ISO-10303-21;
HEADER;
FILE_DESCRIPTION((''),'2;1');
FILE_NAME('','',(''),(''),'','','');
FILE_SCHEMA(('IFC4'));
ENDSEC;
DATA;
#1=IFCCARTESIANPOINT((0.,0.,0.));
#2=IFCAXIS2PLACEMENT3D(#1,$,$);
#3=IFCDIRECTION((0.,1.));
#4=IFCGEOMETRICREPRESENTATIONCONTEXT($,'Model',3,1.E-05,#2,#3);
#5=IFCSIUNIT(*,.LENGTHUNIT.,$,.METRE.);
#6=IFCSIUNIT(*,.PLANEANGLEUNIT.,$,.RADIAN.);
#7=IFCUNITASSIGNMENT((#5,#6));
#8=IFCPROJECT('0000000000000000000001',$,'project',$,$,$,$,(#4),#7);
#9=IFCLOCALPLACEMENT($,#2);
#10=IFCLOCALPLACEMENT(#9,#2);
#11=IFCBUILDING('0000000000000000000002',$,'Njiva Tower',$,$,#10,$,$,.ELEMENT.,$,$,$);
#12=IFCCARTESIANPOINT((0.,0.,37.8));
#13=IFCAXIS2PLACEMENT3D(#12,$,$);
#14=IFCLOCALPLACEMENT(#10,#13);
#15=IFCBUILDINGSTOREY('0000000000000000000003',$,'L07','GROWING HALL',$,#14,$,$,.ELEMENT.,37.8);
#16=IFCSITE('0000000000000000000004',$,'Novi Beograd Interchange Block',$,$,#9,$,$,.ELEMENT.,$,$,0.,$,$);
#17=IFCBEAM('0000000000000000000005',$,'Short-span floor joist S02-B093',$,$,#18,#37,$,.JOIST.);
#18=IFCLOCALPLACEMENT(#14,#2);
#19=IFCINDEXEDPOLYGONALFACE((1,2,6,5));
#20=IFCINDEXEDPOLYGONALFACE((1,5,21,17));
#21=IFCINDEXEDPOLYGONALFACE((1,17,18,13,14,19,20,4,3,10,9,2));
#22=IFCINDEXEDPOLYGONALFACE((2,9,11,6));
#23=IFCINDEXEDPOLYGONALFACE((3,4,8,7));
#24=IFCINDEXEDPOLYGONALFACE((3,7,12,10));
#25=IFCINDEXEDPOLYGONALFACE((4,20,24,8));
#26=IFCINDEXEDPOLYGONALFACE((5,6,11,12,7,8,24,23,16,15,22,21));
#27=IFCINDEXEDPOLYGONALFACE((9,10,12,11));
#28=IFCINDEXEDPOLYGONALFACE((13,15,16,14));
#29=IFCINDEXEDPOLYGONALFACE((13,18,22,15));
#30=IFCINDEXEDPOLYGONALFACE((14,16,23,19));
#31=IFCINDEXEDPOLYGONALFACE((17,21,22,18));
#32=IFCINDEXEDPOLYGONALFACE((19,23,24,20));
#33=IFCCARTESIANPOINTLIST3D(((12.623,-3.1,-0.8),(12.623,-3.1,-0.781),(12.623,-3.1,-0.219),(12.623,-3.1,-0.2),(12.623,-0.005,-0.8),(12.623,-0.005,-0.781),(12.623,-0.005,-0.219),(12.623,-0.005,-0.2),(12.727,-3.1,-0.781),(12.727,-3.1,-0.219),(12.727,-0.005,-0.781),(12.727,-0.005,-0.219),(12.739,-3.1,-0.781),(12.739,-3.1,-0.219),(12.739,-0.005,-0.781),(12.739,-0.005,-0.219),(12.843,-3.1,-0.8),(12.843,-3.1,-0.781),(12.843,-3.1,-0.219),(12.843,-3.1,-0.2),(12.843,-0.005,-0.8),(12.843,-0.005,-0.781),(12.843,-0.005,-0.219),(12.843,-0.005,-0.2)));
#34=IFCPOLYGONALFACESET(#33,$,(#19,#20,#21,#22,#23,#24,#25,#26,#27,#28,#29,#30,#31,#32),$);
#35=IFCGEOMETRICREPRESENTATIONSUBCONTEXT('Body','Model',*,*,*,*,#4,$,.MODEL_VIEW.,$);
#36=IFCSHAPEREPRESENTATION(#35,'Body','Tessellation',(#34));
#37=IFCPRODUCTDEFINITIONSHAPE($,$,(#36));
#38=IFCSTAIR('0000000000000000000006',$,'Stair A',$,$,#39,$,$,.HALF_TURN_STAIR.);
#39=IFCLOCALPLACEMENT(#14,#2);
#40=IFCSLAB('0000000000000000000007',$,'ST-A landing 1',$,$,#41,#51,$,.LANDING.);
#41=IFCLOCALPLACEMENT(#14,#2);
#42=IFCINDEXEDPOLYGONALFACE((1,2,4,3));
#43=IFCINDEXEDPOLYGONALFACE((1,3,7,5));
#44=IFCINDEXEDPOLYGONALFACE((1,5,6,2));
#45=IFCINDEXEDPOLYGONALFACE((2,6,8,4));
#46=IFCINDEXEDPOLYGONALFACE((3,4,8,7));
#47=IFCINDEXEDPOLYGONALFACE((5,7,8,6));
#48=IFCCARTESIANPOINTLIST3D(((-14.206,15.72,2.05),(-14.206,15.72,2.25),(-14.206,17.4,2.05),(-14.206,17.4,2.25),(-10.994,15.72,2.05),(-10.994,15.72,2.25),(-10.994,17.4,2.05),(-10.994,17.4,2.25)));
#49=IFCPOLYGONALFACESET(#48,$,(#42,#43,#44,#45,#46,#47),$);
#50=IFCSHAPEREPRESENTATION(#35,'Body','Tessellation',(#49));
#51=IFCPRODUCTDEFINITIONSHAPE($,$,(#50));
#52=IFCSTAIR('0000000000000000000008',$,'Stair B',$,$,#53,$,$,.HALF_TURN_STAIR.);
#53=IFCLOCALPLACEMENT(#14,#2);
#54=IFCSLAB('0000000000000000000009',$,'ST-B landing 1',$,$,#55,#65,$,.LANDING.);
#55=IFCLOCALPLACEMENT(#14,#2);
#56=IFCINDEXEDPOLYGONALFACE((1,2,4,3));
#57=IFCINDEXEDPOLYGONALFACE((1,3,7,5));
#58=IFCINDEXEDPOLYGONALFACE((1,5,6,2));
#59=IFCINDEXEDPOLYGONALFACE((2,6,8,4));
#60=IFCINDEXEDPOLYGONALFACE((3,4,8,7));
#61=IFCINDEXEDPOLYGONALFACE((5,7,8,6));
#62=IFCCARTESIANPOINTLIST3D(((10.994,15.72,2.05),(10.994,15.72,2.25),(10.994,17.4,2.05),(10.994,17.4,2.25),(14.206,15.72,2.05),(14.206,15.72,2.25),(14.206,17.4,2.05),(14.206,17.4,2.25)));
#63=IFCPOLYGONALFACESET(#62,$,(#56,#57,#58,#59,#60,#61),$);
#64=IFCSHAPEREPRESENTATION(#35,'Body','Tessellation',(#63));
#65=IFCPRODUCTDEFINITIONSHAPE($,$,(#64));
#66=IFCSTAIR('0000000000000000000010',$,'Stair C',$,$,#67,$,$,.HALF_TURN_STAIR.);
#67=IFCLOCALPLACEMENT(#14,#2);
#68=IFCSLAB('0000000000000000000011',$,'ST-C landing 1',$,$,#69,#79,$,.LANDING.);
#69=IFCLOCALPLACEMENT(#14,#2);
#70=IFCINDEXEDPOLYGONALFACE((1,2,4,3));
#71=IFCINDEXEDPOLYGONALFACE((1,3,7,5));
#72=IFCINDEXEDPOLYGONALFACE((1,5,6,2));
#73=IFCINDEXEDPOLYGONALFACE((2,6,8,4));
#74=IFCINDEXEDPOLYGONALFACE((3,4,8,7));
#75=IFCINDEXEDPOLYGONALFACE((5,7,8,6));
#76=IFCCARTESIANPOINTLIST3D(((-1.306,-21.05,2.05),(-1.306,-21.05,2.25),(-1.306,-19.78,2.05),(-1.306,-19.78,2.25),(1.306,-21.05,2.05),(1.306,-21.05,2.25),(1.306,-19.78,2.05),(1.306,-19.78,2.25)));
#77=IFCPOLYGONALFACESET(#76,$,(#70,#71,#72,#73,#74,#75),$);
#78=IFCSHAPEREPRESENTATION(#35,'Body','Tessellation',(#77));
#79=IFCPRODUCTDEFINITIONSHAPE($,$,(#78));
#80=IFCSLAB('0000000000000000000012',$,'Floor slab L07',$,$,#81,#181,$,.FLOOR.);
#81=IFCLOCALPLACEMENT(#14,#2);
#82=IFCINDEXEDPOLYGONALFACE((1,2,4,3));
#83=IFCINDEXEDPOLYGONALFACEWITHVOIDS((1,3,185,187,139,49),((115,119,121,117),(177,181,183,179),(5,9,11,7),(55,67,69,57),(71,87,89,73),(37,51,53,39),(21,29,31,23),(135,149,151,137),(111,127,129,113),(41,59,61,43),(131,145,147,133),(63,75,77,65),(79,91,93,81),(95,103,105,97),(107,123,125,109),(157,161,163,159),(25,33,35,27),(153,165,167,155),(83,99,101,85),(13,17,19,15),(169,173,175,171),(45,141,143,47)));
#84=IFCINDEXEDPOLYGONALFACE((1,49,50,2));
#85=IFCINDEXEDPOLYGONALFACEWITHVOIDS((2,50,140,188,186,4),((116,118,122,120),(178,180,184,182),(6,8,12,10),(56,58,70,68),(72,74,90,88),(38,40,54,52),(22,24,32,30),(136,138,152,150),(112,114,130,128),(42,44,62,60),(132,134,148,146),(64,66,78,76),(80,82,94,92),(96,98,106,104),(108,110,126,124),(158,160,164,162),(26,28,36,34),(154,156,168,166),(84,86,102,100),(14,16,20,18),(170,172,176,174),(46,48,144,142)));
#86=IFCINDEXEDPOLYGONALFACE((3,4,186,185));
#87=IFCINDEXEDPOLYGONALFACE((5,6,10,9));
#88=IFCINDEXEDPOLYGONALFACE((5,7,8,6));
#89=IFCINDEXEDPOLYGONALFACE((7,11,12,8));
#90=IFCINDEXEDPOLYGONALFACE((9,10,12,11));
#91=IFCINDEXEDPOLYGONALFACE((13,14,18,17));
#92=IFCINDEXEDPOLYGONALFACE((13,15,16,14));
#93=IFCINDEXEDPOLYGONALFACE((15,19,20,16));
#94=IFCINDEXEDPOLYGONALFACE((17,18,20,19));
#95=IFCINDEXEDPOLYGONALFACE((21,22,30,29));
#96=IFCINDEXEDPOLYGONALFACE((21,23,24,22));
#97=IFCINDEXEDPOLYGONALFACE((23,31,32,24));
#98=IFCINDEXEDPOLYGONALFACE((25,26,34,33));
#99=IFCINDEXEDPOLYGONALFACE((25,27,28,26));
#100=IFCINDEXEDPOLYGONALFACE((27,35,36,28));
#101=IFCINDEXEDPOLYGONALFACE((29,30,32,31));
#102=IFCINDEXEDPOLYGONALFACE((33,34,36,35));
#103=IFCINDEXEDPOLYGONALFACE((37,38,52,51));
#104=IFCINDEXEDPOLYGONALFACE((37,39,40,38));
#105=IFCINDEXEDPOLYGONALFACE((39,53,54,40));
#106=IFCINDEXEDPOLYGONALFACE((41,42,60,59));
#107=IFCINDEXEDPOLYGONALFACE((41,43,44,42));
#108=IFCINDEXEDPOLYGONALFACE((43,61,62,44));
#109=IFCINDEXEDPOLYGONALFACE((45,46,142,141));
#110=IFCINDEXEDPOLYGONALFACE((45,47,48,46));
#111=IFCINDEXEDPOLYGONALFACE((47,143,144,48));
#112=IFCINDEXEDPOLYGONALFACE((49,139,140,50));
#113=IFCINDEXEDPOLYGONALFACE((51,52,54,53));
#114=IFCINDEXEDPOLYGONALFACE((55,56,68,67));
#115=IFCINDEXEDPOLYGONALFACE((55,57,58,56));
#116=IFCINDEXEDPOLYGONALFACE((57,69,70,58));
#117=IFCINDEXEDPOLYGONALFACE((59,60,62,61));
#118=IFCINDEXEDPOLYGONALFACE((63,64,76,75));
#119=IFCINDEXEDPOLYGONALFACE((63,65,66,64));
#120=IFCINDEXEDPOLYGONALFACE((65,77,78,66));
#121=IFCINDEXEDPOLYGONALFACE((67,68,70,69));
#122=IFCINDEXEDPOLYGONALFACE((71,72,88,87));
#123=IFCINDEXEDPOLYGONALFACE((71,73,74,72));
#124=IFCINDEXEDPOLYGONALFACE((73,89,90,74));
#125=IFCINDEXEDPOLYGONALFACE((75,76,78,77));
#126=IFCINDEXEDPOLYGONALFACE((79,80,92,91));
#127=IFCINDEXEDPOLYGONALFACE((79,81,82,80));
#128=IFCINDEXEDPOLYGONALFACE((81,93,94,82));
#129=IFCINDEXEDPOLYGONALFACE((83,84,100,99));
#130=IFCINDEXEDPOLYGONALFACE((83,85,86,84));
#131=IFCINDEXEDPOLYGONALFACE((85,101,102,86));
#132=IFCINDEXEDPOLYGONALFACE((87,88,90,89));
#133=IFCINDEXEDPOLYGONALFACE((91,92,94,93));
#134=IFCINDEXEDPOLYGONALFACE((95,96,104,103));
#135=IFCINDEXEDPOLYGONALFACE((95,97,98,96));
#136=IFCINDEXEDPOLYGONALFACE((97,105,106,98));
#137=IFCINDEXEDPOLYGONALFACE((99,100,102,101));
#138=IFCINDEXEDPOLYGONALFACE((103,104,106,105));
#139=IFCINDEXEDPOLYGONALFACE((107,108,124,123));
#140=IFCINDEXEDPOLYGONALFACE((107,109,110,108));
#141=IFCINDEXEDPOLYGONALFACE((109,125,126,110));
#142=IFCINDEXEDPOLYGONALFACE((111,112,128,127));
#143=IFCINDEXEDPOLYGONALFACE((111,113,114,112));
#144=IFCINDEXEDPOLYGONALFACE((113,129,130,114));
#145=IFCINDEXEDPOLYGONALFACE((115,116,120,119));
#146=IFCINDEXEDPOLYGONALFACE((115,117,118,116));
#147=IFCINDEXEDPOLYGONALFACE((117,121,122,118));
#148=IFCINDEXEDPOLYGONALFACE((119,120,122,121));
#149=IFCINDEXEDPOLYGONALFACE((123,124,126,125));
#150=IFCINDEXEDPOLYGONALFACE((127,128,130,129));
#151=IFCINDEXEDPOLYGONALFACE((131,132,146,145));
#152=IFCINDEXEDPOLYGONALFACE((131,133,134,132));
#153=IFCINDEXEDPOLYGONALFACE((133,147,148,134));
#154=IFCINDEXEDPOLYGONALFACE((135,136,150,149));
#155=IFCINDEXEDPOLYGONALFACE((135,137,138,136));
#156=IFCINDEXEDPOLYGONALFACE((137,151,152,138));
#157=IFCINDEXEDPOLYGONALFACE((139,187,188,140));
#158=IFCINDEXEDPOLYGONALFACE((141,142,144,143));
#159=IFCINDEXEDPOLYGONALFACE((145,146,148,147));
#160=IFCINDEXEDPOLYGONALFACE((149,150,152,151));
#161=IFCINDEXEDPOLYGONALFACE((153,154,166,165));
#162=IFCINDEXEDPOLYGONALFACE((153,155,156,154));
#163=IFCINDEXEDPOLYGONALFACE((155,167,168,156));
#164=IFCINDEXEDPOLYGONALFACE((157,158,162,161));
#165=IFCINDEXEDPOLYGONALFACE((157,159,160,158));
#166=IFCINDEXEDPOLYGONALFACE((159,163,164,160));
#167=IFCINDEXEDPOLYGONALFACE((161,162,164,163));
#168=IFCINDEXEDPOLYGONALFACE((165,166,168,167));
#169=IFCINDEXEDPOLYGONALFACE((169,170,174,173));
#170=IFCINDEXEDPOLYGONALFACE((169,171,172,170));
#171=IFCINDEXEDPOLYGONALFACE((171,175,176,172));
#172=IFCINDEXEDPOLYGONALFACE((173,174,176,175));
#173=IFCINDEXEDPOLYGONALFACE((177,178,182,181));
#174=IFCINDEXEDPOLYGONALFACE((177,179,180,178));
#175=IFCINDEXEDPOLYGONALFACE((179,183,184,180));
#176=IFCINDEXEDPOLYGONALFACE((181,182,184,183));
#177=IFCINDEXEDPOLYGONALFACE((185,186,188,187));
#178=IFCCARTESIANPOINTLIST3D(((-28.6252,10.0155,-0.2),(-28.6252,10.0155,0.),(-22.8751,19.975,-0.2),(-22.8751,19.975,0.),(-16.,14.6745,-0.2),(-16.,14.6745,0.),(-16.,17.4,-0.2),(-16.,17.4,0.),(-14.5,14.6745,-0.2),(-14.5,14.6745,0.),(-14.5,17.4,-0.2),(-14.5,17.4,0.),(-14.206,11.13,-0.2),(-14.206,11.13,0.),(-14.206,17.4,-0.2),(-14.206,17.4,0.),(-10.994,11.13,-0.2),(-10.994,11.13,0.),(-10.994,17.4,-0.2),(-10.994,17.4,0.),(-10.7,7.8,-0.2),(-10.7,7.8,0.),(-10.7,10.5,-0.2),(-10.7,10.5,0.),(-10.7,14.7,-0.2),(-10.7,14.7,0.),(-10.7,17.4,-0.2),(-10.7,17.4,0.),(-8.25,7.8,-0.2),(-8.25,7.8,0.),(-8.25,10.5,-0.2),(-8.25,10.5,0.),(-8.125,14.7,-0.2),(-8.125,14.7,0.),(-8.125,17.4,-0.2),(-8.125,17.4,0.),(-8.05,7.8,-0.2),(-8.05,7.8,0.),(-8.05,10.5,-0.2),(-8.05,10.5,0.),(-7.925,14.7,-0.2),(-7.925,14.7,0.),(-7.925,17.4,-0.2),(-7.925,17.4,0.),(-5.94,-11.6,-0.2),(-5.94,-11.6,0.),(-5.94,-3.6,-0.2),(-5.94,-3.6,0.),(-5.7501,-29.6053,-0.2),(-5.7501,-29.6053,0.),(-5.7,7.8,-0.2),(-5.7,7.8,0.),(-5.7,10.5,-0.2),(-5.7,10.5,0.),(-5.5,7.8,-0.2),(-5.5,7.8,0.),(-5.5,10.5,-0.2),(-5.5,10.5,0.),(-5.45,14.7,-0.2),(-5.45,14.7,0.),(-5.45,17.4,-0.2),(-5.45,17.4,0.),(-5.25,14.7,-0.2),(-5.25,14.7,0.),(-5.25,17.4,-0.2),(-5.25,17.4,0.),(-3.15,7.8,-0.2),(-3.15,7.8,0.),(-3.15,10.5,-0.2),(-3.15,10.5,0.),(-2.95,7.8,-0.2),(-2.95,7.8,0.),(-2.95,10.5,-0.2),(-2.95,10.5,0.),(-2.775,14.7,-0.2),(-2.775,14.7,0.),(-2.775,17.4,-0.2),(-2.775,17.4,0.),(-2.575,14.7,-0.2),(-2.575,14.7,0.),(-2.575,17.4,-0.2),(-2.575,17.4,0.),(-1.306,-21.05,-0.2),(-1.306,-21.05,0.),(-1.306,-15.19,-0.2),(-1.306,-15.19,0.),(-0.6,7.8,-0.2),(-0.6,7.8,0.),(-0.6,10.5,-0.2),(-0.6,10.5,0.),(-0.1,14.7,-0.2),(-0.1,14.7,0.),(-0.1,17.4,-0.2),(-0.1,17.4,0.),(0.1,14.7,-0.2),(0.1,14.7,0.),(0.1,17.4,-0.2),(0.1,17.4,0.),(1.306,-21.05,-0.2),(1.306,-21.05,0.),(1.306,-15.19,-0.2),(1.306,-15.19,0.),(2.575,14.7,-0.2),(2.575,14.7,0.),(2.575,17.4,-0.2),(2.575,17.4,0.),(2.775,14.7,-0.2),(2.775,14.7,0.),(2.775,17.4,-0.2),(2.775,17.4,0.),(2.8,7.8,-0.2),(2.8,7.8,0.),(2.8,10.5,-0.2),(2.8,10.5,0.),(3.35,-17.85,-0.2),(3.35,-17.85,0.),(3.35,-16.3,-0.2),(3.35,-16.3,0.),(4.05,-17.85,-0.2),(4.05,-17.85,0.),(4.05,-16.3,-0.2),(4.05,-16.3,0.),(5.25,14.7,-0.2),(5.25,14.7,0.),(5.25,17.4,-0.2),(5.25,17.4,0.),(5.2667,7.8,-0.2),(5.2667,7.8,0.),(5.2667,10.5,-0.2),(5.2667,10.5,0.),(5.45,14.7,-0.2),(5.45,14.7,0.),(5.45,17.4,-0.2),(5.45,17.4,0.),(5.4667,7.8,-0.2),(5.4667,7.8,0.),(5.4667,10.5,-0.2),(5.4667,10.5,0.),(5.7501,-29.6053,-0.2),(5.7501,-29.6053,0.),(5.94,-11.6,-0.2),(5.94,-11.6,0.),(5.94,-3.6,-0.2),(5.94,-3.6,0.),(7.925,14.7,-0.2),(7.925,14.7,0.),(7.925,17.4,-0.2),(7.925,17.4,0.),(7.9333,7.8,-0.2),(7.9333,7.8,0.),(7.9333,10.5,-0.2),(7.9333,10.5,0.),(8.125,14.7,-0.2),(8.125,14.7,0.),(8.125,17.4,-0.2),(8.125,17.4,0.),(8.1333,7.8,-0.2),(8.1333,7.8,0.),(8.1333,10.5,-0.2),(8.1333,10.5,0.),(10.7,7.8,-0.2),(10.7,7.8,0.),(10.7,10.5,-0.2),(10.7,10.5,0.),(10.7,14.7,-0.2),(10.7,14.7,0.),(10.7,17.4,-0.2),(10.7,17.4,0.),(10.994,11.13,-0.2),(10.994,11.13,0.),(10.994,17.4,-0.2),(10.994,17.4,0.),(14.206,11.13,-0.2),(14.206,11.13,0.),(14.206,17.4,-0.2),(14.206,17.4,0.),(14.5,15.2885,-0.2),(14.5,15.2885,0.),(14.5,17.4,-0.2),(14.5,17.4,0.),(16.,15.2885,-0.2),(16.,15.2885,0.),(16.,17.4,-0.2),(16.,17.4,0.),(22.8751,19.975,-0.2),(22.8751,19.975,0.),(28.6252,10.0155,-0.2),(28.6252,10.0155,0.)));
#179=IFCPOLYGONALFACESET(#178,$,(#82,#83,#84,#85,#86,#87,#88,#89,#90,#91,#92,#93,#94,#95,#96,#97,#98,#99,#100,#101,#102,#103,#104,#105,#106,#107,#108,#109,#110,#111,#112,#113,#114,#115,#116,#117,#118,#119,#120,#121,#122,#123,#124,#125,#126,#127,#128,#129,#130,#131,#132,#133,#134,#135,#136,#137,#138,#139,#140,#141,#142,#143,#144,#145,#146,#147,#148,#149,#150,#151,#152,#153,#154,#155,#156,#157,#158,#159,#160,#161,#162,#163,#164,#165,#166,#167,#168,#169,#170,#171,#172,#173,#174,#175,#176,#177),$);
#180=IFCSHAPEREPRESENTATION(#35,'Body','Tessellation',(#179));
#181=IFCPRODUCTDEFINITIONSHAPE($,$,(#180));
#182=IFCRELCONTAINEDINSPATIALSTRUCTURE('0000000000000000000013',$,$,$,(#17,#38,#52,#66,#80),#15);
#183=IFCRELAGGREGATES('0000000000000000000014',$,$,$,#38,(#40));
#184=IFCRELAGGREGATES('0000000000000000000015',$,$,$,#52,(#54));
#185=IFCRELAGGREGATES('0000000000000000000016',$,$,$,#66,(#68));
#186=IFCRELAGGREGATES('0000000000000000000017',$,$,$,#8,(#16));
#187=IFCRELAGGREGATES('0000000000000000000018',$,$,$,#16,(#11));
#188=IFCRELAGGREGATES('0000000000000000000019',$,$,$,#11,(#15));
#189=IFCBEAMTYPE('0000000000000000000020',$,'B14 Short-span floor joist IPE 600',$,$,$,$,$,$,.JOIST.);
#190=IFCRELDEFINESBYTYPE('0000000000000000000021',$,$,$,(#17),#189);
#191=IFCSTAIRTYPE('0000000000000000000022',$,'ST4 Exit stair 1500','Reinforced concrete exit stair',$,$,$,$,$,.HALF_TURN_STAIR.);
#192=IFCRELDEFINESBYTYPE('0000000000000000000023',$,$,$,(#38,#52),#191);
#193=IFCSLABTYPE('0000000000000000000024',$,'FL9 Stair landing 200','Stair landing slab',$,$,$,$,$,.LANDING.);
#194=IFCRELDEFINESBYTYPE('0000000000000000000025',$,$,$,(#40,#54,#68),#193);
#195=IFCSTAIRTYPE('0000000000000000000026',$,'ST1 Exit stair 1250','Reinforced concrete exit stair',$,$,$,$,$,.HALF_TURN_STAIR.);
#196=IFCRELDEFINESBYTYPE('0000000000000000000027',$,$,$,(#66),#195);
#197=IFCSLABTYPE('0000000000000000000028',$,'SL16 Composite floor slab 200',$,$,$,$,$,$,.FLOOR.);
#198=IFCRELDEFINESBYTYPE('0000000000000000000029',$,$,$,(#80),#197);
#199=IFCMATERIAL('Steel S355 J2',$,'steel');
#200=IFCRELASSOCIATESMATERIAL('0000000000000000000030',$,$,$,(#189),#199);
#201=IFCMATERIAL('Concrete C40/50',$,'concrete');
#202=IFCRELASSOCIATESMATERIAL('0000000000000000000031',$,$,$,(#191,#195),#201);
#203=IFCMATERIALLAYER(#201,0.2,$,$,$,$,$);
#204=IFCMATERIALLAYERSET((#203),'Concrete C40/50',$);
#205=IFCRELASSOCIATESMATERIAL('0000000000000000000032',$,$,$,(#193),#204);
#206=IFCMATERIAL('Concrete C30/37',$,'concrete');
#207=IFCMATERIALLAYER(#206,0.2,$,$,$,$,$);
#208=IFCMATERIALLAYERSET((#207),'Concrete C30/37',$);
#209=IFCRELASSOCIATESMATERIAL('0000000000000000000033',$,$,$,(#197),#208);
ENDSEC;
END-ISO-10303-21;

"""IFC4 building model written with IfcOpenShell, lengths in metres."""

from ifc_helpers import new_model, si_unit, direction, frame, origin, origin_2d, place, context, subcontext, project, spatial, polyline, i_section, outline, extrude, material, layer, layer_set, material_profile, profile_set, type_object, element, aggregate, save


model = new_model("IFC4")

# Units and contexts
model_context = context("Model", 3, precision=1e-05, world=origin(), true_north=direction((0.0, 1.0)))
body_context = subcontext(model_context, "Body", "Model", "MODEL_VIEW")
ifc_project = project(units=[si_unit("LENGTHUNIT", "METRE"), si_unit("PLANEANGLEUNIT", "RADIAN")], contexts=[model_context])

# Site, building, storey
site_placement = place(None, origin())
site = spatial("IfcSite", under=ifc_project, at=site_placement, Name="Novi Beograd Interchange Block", CompositionType="ELEMENT", RefElevation=0.0)
building_placement = place(site_placement, origin())
building = spatial("IfcBuilding", under=site, at=building_placement, Name="Njiva Tower", CompositionType="ELEMENT")
storey_placement = place(building_placement, frame((0.0, 0.0, 37.8)))
storey = spatial("IfcBuildingStorey", under=building, at=storey_placement, Name="L07", Description="GROWING HALL", CompositionType="ELEMENT", Elevation=37.8)

# Beam
ifc_material_1 = material(Name="Steel S355 J2", Category="steel")
ifc_material_profile = material_profile(ifc_material_1, i_section(OverallWidth=0.22, OverallDepth=0.6, WebThickness=0.012, FlangeThickness=0.019, at=origin_2d()), Name="IPE 600")
ifc_profile_set = profile_set([ifc_material_profile], Name="Steel S355 J2")
beam_type = type_object("IfcBeamType", Name="B14 Short-span floor joist IPE 600", PredefinedType="JOIST", material=ifc_profile_set)
beam_placement = place(storey_placement, frame((12.733, -0.005, -0.5), z_axis=(0.0, -1.0, 0.0), x_axis=(1.0, 0.0, 0.0)))
element("IfcBeam", 1, at=beam_placement, inside=storey, type_object=beam_type, Name="Short-span floor joist S02-B093", PredefinedType="JOIST", context=body_context, shape_type="SweptSolid", body=[
    extrude(i_section(OverallWidth=0.22, OverallDepth=0.6, WebThickness=0.012, FlangeThickness=0.019, at=origin_2d()), origin(), (0.0, 0.0, 1.0), 3.095),
])

# Stairs, slabs
ifc_material_2 = material(Name="Concrete C40/50", Category="concrete")
stair_type_1 = type_object("IfcStairType", Name="ST4 Exit stair 1500", Description="Reinforced concrete exit stair", PredefinedType="HALF_TURN_STAIR", material=ifc_material_2)
stair_1_placement = place(storey_placement, origin())
stair_1 = element("IfcStair", 2, at=stair_1_placement, inside=storey, type_object=stair_type_1, Name="Stair A", PredefinedType="HALF_TURN_STAIR")
ifc_layer_1 = layer(ifc_material_2, 0.2)
ifc_layer_set_1 = layer_set([ifc_layer_1], Name="Concrete C40/50")
slab_type_1 = type_object("IfcSlabType", Name="FL9 Stair landing 200", Description="Stair landing slab", PredefinedType="LANDING", material=ifc_layer_set_1)
slab_1_placement = place(storey_placement, frame((0.0, 0.0, 2.05)))
slab_1 = element("IfcSlab", 3, at=slab_1_placement, type_object=slab_type_1, Name="ST-A landing 1", PredefinedType="LANDING", context=body_context, shape_type="SweptSolid", body=[
    extrude(outline(polyline([(-14.206, 15.72), (-10.994, 15.72), (-10.994, 17.4), (-14.206, 17.4), (-14.206, 15.72)])), origin(), (0.0, 0.0, 1.0), 0.2),
])
aggregate(stair_1, [slab_1])
stair_2_placement = place(storey_placement, origin())
stair_2 = element("IfcStair", 4, at=stair_2_placement, inside=storey, type_object=stair_type_1, Name="Stair B", PredefinedType="HALF_TURN_STAIR")
slab_2_placement = place(storey_placement, frame((0.0, 0.0, 2.05)))
slab_2 = element("IfcSlab", 5, at=slab_2_placement, type_object=slab_type_1, Name="ST-B landing 1", PredefinedType="LANDING", context=body_context, shape_type="SweptSolid", body=[
    extrude(outline(polyline([(10.994, 15.72), (14.206, 15.72), (14.206, 17.4), (10.994, 17.4), (10.994, 15.72)])), origin(), (0.0, 0.0, 1.0), 0.2),
])
aggregate(stair_2, [slab_2])
stair_type_2 = type_object("IfcStairType", Name="ST1 Exit stair 1250", Description="Reinforced concrete exit stair", PredefinedType="HALF_TURN_STAIR", material=ifc_material_2)
stair_3_placement = place(storey_placement, origin())
stair_3 = element("IfcStair", 6, at=stair_3_placement, inside=storey, type_object=stair_type_2, Name="Stair C", PredefinedType="HALF_TURN_STAIR")
slab_3_placement = place(storey_placement, frame((0.0, 0.0, 2.05)))
slab_3 = element("IfcSlab", 7, at=slab_3_placement, type_object=slab_type_1, Name="ST-C landing 1", PredefinedType="LANDING", context=body_context, shape_type="SweptSolid", body=[
    extrude(outline(polyline([(-1.306, -21.05), (1.306, -21.05), (1.306, -19.78), (-1.306, -19.78), (-1.306, -21.05)])), origin(), (0.0, 0.0, 1.0), 0.2),
])
aggregate(stair_3, [slab_3])

# Slab
ifc_material_3 = material(Name="Concrete C30/37", Category="concrete")
ifc_layer_2 = layer(ifc_material_3, 0.2)
ifc_layer_set_2 = layer_set([ifc_layer_2], Name="Concrete C30/37")
slab_type_2 = type_object("IfcSlabType", Name="SL16 Composite floor slab 200", PredefinedType="FLOOR", material=ifc_layer_set_2)
slab_4_placement = place(storey_placement, frame((0.0, 0.0, -0.2)))
element("IfcSlab", 8, at=slab_4_placement, inside=storey, type_object=slab_type_2, Name="Floor slab L07", PredefinedType="FLOOR", context=body_context, shape_type="SweptSolid", body=[
    extrude(outline(polyline([(28.6252, 10.0155), (5.7501, -29.6053), (-5.7501, -29.6053), (-28.6252, 10.0155), (-22.8751, 19.975), (22.8751, 19.975), (28.6252, 10.0155)]), holes=[polyline([(14.5, 17.4), (14.5, 15.2885), (16.0, 15.2885), (16.0, 17.4), (14.5, 17.4)]), polyline([(10.994, 11.13), (14.206, 11.13), (14.206, 17.4), (10.994, 17.4), (10.994, 11.13)]), polyline([(8.125, 17.4), (8.125, 14.7), (10.7, 14.7), (10.7, 17.4), (8.125, 17.4)]), polyline([(8.1333, 10.5), (8.1333, 7.8), (10.7, 7.8), (10.7, 10.5), (8.1333, 10.5)]), polyline([(5.4667, 10.5), (5.4667, 7.8), (7.9333, 7.8), (7.9333, 10.5), (5.4667, 10.5)]), polyline([(5.45, 14.7), (7.925, 14.7), (7.925, 17.4), (5.45, 17.4), (5.45, 14.7)]), polyline([(5.94, -11.6), (5.94, -3.6), (-5.94, -3.6), (-5.94, -11.6), (5.94, -11.6)]), polyline([(2.8, 7.8), (5.2667, 7.8), (5.2667, 10.5), (2.8, 10.5), (2.8, 7.8)]), polyline([(2.775, 17.4), (2.775, 14.7), (5.25, 14.7), (5.25, 17.4), (2.775, 17.4)]), polyline([(3.35, -17.85), (4.05, -17.85), (4.05, -16.3), (3.35, -16.3), (3.35, -17.85)]), polyline([(0.1, 17.4), (0.1, 14.7), (2.575, 14.7), (2.575, 17.4), (0.1, 17.4)]), polyline([(-1.306, -21.05), (1.306, -21.05), (1.306, -15.19), (-1.306, -15.19), (-1.306, -21.05)]), polyline([(-2.575, 17.4), (-2.575, 14.7), (-0.1, 14.7), (-0.1, 17.4), (-2.575, 17.4)]), polyline([(-2.95, 10.5), (-2.95, 7.8), (-0.6, 7.8), (-0.6, 10.5), (-2.95, 10.5)]), polyline([(-5.25, 17.4), (-5.25, 14.7), (-2.775, 14.7), (-2.775, 17.4), (-5.25, 17.4)]), polyline([(-5.5, 10.5), (-5.5, 7.8), (-3.15, 7.8), (-3.15, 10.5), (-5.5, 10.5)]), polyline([(-7.925, 14.7), (-5.45, 14.7), (-5.45, 17.4), (-7.925, 17.4), (-7.925, 14.7)]), polyline([(-8.05, 7.8), (-5.7, 7.8), (-5.7, 10.5), (-8.05, 10.5), (-8.05, 7.8)]), polyline([(-10.7, 17.4), (-10.7, 14.7), (-8.125, 14.7), (-8.125, 17.4), (-10.7, 17.4)]), polyline([(-10.7, 7.8), (-8.25, 7.8), (-8.25, 10.5), (-10.7, 10.5), (-10.7, 7.8)]), polyline([(-14.206, 11.13), (-10.994, 11.13), (-10.994, 17.4), (-14.206, 17.4), (-14.206, 11.13)]), polyline([(-14.5, 14.6745), (-14.5, 17.4), (-16.0, 17.4), (-16.0, 14.6745), (-14.5, 14.6745)])]), origin(), (0.0, 0.0, 1.0), 0.2),
])

save(model, "model.ifc")
